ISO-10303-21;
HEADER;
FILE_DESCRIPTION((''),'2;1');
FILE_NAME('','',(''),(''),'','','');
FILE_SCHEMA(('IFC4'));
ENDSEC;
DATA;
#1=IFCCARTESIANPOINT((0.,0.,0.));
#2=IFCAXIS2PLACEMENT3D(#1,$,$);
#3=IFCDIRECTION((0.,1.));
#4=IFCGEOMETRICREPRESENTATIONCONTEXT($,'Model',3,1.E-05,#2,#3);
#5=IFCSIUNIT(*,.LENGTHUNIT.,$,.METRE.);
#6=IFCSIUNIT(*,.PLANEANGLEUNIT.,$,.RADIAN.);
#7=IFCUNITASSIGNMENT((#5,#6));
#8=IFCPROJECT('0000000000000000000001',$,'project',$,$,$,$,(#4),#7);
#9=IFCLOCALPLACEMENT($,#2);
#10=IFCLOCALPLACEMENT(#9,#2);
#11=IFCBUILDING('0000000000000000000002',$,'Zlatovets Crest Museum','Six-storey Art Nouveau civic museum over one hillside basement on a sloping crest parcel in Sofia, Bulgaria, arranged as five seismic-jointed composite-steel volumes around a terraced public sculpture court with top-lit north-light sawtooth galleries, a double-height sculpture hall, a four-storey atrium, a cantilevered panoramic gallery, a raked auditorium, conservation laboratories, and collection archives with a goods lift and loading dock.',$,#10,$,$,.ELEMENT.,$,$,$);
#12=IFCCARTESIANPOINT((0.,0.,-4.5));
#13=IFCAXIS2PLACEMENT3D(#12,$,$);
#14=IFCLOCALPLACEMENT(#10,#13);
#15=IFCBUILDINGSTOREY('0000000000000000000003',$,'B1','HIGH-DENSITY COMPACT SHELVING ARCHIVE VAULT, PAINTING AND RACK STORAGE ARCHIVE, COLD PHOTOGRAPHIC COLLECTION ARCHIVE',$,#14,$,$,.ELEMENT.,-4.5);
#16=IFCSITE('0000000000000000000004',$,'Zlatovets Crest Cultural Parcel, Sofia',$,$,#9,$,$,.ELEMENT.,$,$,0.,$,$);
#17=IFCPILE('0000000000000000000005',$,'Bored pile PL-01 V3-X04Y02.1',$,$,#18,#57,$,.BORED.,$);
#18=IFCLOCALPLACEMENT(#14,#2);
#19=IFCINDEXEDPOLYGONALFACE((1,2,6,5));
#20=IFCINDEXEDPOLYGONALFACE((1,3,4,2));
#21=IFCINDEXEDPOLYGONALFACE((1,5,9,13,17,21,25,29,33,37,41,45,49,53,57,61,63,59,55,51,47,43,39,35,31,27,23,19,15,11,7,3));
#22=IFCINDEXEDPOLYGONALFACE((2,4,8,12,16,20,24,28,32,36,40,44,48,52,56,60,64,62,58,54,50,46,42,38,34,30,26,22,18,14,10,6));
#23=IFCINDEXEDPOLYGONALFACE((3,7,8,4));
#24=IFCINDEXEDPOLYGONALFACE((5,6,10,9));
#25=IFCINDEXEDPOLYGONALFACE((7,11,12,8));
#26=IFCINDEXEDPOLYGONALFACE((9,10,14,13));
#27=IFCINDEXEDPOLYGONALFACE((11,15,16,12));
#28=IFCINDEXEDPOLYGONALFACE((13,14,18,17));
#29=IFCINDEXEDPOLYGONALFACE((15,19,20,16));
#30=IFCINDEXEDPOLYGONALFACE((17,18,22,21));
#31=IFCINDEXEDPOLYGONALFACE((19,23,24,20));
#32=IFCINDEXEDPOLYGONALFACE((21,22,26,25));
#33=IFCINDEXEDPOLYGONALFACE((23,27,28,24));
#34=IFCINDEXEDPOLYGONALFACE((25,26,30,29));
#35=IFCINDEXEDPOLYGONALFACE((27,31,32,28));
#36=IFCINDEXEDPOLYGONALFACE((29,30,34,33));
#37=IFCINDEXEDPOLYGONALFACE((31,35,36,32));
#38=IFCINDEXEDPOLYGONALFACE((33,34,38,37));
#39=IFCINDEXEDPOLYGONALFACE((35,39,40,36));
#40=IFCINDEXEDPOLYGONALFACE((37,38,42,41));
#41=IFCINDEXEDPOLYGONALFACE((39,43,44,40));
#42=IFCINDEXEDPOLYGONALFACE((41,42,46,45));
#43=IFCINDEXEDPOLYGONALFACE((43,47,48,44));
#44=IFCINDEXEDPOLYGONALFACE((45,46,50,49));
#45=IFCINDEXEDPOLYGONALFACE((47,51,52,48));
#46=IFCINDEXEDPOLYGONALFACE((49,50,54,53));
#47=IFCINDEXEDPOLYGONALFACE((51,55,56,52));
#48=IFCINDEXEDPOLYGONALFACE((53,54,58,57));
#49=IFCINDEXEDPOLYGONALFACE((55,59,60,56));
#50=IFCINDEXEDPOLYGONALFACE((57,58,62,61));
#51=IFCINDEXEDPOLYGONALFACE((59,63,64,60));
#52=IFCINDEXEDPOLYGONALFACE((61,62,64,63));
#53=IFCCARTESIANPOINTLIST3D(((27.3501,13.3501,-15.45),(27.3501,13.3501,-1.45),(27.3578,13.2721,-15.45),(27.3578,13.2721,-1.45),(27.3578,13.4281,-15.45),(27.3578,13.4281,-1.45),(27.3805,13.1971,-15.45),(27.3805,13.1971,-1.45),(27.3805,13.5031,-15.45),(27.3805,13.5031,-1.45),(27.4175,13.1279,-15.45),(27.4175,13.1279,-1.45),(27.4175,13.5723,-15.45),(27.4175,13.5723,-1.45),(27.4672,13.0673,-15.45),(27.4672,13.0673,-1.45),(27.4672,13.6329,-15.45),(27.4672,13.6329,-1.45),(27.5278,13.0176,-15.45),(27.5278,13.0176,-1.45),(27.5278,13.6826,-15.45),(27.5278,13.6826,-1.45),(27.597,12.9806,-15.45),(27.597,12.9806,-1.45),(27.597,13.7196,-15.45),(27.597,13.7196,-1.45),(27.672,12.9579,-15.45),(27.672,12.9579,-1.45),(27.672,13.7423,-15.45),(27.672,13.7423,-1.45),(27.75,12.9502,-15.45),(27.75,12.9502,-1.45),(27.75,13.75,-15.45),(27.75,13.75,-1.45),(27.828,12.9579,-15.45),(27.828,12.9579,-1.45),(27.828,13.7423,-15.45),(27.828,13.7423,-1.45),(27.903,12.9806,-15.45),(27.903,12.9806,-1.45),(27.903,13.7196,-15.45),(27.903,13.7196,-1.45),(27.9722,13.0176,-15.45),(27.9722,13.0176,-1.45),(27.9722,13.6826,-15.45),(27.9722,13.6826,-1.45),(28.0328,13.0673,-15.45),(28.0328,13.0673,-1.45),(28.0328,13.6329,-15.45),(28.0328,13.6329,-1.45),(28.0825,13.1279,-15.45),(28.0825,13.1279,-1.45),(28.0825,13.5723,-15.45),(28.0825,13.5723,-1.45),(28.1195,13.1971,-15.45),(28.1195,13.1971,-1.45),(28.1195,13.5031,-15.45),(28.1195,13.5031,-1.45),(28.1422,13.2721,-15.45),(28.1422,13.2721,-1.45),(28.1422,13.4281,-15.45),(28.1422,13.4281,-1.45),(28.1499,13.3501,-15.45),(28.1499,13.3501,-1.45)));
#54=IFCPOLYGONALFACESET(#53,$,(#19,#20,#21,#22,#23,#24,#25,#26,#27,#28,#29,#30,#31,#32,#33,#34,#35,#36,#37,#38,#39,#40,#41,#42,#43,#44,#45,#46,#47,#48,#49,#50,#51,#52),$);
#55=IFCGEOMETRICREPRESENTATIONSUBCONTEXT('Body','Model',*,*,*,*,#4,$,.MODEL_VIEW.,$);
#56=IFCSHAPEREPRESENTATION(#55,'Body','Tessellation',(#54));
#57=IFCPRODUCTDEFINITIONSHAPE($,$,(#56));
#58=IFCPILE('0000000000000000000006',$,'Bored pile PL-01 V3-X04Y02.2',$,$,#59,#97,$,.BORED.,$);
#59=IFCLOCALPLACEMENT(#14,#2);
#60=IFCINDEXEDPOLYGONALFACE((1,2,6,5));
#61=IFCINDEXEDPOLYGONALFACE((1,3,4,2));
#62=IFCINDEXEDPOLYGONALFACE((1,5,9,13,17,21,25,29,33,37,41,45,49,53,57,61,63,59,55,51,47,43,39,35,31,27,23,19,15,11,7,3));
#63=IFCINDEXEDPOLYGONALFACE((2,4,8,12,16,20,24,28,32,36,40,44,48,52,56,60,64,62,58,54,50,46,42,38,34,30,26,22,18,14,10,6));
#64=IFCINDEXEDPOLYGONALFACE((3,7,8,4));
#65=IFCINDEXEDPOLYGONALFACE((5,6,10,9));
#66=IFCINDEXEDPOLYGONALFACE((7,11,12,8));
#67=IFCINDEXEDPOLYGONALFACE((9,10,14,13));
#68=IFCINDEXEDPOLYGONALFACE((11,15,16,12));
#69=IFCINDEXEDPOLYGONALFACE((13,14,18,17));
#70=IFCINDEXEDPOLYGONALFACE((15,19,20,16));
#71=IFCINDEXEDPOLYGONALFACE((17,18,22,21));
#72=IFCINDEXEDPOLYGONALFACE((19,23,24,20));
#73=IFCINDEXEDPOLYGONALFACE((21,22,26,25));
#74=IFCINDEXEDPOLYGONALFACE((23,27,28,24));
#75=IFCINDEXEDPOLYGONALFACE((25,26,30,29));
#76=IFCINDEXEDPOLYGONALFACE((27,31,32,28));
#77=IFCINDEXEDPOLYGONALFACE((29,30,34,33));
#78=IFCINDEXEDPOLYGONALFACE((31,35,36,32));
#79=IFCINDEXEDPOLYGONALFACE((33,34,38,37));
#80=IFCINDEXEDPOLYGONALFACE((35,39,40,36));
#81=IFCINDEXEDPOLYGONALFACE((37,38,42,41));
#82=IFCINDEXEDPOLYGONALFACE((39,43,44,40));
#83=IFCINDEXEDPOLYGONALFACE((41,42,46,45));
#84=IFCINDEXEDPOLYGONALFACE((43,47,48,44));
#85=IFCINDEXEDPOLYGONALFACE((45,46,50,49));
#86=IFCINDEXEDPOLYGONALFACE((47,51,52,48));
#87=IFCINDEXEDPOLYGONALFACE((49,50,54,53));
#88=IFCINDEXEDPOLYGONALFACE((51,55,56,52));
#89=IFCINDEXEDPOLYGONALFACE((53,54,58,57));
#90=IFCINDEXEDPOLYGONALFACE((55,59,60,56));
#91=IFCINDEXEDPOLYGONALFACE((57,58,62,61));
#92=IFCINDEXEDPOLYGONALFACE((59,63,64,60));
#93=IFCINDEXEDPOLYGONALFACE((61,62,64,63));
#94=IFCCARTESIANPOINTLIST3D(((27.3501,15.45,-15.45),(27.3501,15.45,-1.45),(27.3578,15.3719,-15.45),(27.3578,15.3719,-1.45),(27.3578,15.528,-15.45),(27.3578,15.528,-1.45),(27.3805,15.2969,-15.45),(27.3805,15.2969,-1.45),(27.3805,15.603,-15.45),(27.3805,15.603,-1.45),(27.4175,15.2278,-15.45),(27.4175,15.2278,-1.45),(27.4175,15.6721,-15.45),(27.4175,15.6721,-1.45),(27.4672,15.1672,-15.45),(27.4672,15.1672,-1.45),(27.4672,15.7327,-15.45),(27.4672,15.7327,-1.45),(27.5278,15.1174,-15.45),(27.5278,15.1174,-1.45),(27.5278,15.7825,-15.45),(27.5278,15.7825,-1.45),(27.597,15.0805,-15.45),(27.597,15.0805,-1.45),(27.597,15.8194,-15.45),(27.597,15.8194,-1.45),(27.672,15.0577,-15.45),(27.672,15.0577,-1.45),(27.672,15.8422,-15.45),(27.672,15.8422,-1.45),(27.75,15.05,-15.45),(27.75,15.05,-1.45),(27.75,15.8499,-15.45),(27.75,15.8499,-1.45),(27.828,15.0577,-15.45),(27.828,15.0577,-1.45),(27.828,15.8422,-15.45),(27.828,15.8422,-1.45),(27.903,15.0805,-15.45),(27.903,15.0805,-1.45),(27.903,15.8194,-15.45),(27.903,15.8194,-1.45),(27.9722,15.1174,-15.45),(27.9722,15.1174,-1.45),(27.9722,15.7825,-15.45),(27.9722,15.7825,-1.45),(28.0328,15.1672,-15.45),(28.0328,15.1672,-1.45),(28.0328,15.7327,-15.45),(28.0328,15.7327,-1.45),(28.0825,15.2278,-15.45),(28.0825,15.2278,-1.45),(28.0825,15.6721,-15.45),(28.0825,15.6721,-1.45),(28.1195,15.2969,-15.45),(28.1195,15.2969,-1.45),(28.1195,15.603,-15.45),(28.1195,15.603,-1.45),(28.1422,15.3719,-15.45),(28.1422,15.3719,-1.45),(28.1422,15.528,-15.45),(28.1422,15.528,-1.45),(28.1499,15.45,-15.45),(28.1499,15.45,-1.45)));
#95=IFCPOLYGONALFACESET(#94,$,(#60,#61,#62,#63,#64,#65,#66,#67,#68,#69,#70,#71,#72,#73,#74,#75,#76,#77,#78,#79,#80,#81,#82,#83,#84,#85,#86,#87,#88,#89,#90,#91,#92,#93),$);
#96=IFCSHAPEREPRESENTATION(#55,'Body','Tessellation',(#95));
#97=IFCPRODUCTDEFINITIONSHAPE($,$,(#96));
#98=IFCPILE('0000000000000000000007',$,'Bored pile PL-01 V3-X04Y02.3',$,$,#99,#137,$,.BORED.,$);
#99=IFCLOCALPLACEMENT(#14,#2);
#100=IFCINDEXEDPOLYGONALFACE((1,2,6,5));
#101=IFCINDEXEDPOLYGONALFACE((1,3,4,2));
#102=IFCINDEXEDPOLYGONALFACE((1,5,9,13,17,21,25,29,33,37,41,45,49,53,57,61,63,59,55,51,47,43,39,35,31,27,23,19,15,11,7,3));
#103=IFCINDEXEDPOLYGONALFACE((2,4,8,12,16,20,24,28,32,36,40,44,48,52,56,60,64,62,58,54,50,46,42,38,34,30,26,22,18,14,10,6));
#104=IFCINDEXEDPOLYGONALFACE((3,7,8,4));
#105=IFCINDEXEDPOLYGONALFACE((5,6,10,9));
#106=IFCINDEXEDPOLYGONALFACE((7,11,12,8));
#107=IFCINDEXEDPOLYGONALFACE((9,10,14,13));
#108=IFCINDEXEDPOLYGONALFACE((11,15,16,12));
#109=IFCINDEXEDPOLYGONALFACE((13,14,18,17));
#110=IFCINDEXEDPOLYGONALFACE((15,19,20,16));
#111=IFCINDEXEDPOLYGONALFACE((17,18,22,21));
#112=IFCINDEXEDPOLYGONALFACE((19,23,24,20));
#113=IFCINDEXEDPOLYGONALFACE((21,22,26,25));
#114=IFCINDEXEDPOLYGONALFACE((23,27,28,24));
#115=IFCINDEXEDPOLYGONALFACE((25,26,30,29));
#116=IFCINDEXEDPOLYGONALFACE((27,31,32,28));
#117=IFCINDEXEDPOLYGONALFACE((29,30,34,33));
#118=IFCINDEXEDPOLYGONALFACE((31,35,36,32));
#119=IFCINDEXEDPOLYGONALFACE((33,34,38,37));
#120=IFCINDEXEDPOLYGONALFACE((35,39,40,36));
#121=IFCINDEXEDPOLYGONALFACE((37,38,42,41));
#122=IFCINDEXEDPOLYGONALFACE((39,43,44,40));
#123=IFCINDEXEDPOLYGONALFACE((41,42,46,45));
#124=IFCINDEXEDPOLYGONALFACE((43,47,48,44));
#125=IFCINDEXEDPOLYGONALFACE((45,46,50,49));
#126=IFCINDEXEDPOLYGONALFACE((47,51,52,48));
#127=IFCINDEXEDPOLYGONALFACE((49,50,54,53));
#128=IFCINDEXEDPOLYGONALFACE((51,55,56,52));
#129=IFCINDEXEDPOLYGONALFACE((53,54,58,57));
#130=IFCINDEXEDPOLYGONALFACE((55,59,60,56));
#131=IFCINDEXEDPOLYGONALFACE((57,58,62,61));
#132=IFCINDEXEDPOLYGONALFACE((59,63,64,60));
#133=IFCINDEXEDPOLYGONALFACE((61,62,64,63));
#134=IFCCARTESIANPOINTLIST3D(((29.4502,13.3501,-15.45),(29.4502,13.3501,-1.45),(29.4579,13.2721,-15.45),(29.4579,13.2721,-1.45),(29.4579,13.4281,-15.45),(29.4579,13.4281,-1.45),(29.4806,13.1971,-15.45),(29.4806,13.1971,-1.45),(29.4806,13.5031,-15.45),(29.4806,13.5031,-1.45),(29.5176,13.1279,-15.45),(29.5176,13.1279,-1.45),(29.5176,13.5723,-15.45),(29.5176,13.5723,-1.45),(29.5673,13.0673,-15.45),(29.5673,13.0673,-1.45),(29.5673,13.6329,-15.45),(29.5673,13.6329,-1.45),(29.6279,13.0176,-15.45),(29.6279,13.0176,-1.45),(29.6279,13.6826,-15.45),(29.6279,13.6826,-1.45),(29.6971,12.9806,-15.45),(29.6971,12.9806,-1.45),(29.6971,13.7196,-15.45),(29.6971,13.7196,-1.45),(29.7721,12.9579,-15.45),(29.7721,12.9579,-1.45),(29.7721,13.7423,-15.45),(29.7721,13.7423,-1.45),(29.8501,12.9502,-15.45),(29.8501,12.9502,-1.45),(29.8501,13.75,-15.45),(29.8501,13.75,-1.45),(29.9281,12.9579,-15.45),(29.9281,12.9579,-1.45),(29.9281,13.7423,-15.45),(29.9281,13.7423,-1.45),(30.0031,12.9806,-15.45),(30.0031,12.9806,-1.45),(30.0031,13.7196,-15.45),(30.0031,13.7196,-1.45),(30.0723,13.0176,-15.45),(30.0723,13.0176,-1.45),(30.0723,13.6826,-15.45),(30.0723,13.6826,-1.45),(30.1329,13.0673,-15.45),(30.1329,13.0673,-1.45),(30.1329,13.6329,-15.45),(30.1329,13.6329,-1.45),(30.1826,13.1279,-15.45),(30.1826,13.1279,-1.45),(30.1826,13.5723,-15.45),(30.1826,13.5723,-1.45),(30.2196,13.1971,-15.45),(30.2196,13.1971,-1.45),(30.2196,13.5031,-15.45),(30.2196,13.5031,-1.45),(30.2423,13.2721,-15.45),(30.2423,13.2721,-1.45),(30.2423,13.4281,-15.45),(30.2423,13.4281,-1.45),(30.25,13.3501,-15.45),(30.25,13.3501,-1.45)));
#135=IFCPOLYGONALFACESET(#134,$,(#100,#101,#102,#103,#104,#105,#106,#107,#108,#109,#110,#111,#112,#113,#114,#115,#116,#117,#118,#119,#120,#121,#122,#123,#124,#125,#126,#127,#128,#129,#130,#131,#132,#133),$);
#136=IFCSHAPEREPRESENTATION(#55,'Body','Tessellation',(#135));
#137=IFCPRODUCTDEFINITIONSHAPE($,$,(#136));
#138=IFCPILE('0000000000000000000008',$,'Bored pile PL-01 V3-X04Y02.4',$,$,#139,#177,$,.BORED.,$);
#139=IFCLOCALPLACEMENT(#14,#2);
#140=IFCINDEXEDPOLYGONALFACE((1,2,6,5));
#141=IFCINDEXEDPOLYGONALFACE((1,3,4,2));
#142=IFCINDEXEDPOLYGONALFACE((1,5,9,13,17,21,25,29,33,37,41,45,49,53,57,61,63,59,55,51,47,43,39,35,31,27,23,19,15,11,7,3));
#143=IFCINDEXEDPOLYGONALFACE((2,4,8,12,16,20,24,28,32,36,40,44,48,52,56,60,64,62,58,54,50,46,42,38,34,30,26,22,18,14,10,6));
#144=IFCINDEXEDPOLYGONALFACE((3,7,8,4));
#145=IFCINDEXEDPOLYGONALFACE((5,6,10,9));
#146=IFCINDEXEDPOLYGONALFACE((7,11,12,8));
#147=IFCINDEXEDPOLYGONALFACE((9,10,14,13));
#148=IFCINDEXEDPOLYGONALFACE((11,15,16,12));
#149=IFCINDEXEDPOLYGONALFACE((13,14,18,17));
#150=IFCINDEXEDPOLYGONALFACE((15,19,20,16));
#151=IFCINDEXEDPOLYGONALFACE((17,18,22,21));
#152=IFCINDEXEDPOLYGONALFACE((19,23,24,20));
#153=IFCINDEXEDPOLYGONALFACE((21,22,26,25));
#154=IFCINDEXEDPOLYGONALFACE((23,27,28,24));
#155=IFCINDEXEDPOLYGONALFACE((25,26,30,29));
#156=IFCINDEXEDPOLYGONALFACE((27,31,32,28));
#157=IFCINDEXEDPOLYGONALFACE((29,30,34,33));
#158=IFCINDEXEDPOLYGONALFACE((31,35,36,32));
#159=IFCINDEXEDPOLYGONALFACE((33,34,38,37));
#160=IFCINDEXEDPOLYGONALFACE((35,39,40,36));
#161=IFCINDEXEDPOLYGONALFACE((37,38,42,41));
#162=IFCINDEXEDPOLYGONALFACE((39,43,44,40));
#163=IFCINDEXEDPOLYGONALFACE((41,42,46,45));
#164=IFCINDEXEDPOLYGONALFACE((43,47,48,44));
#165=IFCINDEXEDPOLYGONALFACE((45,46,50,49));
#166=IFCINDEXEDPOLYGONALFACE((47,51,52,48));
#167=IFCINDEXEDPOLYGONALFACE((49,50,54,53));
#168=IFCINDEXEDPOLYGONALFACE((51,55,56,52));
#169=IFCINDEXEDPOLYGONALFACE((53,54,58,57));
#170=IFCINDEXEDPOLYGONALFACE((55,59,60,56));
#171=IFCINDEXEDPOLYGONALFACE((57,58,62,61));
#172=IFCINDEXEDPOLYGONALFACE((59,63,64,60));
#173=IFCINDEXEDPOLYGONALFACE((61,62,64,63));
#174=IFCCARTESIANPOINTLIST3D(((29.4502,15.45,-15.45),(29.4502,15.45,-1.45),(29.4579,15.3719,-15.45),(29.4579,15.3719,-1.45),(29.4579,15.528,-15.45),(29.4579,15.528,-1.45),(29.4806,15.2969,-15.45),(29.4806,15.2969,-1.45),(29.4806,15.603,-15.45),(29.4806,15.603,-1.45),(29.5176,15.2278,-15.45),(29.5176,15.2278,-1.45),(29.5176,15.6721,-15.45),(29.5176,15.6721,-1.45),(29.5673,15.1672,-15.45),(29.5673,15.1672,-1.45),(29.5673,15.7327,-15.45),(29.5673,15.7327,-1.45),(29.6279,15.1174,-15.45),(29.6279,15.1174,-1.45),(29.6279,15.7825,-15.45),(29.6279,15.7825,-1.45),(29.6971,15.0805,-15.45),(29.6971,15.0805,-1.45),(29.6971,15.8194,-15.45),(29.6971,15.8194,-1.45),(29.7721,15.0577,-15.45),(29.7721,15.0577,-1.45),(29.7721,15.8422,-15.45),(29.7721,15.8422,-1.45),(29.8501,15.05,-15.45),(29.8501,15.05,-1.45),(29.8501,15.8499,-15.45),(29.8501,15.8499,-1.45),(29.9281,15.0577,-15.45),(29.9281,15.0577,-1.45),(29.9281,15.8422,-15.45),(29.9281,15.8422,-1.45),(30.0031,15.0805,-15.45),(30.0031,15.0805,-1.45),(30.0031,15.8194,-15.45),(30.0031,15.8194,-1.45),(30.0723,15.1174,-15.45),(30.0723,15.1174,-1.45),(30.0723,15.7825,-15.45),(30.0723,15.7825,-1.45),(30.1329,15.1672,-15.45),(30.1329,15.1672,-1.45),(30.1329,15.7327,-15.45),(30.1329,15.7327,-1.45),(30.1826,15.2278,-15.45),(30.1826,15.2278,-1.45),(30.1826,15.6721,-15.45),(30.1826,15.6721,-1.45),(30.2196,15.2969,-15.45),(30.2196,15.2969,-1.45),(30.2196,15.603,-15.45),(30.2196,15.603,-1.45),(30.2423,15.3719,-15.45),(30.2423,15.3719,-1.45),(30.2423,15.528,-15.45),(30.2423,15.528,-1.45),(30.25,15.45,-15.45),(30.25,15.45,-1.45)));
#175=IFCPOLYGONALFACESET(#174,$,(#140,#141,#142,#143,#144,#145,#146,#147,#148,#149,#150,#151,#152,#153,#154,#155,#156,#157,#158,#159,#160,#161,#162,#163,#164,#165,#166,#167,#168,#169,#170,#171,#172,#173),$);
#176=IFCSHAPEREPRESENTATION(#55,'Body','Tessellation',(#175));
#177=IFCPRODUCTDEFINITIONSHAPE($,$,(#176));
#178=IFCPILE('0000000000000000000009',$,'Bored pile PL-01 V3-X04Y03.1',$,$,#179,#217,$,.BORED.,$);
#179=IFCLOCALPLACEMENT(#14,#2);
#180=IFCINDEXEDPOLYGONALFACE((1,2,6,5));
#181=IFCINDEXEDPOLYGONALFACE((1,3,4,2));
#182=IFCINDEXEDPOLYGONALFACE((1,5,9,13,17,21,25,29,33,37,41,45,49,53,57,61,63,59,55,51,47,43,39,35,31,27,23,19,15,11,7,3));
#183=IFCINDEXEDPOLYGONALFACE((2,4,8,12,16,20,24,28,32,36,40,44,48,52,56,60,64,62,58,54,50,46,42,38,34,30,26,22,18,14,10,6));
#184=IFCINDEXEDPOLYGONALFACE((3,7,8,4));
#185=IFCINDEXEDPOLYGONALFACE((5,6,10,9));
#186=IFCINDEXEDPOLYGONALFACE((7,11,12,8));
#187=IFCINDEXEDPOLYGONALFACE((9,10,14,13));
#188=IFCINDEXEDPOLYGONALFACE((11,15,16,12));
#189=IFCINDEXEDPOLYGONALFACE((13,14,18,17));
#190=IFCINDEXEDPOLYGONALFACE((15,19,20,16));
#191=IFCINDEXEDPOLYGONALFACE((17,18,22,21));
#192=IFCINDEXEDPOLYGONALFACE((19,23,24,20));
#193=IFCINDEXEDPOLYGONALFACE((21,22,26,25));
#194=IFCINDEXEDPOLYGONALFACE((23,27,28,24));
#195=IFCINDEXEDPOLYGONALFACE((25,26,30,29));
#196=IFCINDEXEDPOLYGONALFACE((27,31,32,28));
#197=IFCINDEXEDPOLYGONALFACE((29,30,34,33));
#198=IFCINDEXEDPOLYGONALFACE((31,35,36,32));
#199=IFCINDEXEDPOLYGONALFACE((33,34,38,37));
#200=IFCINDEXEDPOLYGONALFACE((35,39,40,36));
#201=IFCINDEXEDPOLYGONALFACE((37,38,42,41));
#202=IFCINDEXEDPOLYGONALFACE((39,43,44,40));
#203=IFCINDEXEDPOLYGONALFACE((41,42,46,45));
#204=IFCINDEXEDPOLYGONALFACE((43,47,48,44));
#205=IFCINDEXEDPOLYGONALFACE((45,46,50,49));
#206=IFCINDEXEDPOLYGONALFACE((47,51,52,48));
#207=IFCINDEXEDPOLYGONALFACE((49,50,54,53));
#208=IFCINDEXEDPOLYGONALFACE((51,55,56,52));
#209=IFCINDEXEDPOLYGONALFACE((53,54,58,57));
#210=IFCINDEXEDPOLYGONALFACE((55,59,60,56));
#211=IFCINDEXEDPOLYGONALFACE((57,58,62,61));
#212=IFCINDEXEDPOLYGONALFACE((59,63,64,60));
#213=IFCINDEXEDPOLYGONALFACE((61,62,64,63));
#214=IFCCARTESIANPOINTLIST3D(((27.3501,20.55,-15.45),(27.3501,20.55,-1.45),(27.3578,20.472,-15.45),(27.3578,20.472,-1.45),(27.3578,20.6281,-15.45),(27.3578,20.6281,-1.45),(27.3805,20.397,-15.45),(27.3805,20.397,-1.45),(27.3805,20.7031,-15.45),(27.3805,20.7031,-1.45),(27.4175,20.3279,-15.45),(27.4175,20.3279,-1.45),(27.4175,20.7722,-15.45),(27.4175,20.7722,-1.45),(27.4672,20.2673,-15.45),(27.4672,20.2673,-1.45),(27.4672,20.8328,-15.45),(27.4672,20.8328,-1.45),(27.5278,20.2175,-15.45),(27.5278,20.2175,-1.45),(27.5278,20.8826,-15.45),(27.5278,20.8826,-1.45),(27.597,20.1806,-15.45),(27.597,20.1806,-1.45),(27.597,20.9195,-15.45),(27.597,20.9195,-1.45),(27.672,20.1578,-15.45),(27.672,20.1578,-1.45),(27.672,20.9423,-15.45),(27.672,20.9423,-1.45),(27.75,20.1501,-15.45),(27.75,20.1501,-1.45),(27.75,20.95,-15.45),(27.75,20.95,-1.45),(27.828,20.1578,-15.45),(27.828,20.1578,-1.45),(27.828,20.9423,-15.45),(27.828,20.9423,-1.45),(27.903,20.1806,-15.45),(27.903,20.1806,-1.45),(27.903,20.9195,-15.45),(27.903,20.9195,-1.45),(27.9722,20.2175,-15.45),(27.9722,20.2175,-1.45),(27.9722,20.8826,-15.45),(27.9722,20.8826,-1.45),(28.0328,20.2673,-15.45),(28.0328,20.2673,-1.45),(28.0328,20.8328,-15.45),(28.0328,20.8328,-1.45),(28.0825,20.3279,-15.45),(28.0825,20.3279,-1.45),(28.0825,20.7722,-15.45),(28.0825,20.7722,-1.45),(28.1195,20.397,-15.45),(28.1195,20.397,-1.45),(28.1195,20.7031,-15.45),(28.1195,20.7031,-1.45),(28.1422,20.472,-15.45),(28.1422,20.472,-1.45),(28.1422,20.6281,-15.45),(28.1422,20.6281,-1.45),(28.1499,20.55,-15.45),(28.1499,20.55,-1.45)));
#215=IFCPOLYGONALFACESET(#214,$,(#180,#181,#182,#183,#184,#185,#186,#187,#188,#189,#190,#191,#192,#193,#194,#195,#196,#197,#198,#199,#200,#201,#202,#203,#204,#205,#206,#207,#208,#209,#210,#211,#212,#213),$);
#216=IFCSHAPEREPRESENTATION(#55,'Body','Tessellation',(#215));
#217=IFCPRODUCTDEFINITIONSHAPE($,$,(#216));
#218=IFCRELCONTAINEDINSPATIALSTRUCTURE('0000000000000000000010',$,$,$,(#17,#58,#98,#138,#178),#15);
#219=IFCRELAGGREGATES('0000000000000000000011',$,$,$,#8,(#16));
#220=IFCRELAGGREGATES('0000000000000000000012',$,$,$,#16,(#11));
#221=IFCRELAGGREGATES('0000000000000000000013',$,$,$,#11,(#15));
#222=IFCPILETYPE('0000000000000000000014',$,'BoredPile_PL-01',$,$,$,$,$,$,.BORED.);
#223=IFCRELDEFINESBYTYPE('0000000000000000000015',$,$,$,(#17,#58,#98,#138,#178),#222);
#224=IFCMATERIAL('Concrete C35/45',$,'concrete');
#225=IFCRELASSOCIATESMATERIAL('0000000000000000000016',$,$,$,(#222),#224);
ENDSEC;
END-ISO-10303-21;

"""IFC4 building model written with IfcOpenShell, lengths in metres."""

from ifc_helpers import new_model, si_unit, direction, frame, origin, origin_2d, place, context, subcontext, project, spatial, circle, extrude, material, material_profile, profile_set, type_object, element, save


model = new_model("IFC4")

# Units and contexts
model_context = context("Model", 3, precision=1e-05, world=origin(), true_north=direction((0.0, 1.0)))
body_context = subcontext(model_context, "Body", "Model", "MODEL_VIEW")
ifc_project = project(units=[si_unit("LENGTHUNIT", "METRE"), si_unit("PLANEANGLEUNIT", "RADIAN")], contexts=[model_context])

# Site, building, storey
site_placement = place(None, origin())
site = spatial("IfcSite", under=ifc_project, at=site_placement, Name="Zlatovets Crest Cultural Parcel, Sofia", CompositionType="ELEMENT", RefElevation=0.0)
building_placement = place(site_placement, origin())
building = spatial("IfcBuilding", under=site, at=building_placement, Name="Zlatovets Crest Museum", Description="Six-storey Art Nouveau civic museum over one hillside basement on a sloping crest parcel in Sofia, Bulgaria, arranged as five seismic-jointed composite-steel volumes around a terraced public sculpture court with top-lit north-light sawtooth galleries, a double-height sculpture hall, a four-storey atrium, a cantilevered panoramic gallery, a raked auditorium, conservation laboratories, and collection archives with a goods lift and loading dock.", CompositionType="ELEMENT")
storey_placement = place(building_placement, frame((0.0, 0.0, -4.5)))
storey = spatial("IfcBuildingStorey", under=building, at=storey_placement, Name="B1", Description="HIGH-DENSITY COMPACT SHELVING ARCHIVE VAULT, PAINTING AND RACK STORAGE ARCHIVE, COLD PHOTOGRAPHIC COLLECTION ARCHIVE", CompositionType="ELEMENT", Elevation=-4.5)

# Piles
ifc_material_1 = material(Name="Concrete C35/45", Category="concrete")
ifc_material_profile_1 = material_profile(ifc_material_1, circle(Radius=0.3999, at=origin_2d()), Name="PILE D800")
ifc_profile_set_1 = profile_set([ifc_material_profile_1], Name="Concrete C35/45")
pile_type = type_object("IfcPileType", Name="BoredPile_PL-01", PredefinedType="BORED", material=ifc_profile_set_1)
for number, where, z_axis, x_axis, name in (
    (1, (27.75, 13.3501, -1.45), (0.0, 0.0, -1.0), (1.0, 0.0, 0.0), "Bored pile PL-01 V3-X04Y02.1"),
    (2, (27.75, 15.45, -1.45), (0.0, 0.0, -1.0), (1.0, 0.0, 0.0), "Bored pile PL-01 V3-X04Y02.2"),
    (3, (29.8501, 13.3501, -1.45), (0.0, 0.0, -1.0), (1.0, 0.0, 0.0), "Bored pile PL-01 V3-X04Y02.3"),
    (4, (29.8501, 15.45, -1.45), (0.0, 0.0, -1.0), (1.0, 0.0, 0.0), "Bored pile PL-01 V3-X04Y02.4"),
    (5, (27.75, 20.55, -1.45), (0.0, 0.0, -1.0), (1.0, 0.0, 0.0), "Bored pile PL-01 V3-X04Y03.1"),
):
    element("IfcPile", number, at=place(storey_placement, frame(where, z_axis=z_axis, x_axis=x_axis)), inside=storey, type_object=pile_type, Name=name, PredefinedType="BORED", context=body_context, shape_type="SweptSolid", body=[
        extrude(circle(Radius=0.3999, at=origin_2d()), origin(), (0.0, 0.0, 1.0), 14.0),
    ])

save(model, "model.ifc")
